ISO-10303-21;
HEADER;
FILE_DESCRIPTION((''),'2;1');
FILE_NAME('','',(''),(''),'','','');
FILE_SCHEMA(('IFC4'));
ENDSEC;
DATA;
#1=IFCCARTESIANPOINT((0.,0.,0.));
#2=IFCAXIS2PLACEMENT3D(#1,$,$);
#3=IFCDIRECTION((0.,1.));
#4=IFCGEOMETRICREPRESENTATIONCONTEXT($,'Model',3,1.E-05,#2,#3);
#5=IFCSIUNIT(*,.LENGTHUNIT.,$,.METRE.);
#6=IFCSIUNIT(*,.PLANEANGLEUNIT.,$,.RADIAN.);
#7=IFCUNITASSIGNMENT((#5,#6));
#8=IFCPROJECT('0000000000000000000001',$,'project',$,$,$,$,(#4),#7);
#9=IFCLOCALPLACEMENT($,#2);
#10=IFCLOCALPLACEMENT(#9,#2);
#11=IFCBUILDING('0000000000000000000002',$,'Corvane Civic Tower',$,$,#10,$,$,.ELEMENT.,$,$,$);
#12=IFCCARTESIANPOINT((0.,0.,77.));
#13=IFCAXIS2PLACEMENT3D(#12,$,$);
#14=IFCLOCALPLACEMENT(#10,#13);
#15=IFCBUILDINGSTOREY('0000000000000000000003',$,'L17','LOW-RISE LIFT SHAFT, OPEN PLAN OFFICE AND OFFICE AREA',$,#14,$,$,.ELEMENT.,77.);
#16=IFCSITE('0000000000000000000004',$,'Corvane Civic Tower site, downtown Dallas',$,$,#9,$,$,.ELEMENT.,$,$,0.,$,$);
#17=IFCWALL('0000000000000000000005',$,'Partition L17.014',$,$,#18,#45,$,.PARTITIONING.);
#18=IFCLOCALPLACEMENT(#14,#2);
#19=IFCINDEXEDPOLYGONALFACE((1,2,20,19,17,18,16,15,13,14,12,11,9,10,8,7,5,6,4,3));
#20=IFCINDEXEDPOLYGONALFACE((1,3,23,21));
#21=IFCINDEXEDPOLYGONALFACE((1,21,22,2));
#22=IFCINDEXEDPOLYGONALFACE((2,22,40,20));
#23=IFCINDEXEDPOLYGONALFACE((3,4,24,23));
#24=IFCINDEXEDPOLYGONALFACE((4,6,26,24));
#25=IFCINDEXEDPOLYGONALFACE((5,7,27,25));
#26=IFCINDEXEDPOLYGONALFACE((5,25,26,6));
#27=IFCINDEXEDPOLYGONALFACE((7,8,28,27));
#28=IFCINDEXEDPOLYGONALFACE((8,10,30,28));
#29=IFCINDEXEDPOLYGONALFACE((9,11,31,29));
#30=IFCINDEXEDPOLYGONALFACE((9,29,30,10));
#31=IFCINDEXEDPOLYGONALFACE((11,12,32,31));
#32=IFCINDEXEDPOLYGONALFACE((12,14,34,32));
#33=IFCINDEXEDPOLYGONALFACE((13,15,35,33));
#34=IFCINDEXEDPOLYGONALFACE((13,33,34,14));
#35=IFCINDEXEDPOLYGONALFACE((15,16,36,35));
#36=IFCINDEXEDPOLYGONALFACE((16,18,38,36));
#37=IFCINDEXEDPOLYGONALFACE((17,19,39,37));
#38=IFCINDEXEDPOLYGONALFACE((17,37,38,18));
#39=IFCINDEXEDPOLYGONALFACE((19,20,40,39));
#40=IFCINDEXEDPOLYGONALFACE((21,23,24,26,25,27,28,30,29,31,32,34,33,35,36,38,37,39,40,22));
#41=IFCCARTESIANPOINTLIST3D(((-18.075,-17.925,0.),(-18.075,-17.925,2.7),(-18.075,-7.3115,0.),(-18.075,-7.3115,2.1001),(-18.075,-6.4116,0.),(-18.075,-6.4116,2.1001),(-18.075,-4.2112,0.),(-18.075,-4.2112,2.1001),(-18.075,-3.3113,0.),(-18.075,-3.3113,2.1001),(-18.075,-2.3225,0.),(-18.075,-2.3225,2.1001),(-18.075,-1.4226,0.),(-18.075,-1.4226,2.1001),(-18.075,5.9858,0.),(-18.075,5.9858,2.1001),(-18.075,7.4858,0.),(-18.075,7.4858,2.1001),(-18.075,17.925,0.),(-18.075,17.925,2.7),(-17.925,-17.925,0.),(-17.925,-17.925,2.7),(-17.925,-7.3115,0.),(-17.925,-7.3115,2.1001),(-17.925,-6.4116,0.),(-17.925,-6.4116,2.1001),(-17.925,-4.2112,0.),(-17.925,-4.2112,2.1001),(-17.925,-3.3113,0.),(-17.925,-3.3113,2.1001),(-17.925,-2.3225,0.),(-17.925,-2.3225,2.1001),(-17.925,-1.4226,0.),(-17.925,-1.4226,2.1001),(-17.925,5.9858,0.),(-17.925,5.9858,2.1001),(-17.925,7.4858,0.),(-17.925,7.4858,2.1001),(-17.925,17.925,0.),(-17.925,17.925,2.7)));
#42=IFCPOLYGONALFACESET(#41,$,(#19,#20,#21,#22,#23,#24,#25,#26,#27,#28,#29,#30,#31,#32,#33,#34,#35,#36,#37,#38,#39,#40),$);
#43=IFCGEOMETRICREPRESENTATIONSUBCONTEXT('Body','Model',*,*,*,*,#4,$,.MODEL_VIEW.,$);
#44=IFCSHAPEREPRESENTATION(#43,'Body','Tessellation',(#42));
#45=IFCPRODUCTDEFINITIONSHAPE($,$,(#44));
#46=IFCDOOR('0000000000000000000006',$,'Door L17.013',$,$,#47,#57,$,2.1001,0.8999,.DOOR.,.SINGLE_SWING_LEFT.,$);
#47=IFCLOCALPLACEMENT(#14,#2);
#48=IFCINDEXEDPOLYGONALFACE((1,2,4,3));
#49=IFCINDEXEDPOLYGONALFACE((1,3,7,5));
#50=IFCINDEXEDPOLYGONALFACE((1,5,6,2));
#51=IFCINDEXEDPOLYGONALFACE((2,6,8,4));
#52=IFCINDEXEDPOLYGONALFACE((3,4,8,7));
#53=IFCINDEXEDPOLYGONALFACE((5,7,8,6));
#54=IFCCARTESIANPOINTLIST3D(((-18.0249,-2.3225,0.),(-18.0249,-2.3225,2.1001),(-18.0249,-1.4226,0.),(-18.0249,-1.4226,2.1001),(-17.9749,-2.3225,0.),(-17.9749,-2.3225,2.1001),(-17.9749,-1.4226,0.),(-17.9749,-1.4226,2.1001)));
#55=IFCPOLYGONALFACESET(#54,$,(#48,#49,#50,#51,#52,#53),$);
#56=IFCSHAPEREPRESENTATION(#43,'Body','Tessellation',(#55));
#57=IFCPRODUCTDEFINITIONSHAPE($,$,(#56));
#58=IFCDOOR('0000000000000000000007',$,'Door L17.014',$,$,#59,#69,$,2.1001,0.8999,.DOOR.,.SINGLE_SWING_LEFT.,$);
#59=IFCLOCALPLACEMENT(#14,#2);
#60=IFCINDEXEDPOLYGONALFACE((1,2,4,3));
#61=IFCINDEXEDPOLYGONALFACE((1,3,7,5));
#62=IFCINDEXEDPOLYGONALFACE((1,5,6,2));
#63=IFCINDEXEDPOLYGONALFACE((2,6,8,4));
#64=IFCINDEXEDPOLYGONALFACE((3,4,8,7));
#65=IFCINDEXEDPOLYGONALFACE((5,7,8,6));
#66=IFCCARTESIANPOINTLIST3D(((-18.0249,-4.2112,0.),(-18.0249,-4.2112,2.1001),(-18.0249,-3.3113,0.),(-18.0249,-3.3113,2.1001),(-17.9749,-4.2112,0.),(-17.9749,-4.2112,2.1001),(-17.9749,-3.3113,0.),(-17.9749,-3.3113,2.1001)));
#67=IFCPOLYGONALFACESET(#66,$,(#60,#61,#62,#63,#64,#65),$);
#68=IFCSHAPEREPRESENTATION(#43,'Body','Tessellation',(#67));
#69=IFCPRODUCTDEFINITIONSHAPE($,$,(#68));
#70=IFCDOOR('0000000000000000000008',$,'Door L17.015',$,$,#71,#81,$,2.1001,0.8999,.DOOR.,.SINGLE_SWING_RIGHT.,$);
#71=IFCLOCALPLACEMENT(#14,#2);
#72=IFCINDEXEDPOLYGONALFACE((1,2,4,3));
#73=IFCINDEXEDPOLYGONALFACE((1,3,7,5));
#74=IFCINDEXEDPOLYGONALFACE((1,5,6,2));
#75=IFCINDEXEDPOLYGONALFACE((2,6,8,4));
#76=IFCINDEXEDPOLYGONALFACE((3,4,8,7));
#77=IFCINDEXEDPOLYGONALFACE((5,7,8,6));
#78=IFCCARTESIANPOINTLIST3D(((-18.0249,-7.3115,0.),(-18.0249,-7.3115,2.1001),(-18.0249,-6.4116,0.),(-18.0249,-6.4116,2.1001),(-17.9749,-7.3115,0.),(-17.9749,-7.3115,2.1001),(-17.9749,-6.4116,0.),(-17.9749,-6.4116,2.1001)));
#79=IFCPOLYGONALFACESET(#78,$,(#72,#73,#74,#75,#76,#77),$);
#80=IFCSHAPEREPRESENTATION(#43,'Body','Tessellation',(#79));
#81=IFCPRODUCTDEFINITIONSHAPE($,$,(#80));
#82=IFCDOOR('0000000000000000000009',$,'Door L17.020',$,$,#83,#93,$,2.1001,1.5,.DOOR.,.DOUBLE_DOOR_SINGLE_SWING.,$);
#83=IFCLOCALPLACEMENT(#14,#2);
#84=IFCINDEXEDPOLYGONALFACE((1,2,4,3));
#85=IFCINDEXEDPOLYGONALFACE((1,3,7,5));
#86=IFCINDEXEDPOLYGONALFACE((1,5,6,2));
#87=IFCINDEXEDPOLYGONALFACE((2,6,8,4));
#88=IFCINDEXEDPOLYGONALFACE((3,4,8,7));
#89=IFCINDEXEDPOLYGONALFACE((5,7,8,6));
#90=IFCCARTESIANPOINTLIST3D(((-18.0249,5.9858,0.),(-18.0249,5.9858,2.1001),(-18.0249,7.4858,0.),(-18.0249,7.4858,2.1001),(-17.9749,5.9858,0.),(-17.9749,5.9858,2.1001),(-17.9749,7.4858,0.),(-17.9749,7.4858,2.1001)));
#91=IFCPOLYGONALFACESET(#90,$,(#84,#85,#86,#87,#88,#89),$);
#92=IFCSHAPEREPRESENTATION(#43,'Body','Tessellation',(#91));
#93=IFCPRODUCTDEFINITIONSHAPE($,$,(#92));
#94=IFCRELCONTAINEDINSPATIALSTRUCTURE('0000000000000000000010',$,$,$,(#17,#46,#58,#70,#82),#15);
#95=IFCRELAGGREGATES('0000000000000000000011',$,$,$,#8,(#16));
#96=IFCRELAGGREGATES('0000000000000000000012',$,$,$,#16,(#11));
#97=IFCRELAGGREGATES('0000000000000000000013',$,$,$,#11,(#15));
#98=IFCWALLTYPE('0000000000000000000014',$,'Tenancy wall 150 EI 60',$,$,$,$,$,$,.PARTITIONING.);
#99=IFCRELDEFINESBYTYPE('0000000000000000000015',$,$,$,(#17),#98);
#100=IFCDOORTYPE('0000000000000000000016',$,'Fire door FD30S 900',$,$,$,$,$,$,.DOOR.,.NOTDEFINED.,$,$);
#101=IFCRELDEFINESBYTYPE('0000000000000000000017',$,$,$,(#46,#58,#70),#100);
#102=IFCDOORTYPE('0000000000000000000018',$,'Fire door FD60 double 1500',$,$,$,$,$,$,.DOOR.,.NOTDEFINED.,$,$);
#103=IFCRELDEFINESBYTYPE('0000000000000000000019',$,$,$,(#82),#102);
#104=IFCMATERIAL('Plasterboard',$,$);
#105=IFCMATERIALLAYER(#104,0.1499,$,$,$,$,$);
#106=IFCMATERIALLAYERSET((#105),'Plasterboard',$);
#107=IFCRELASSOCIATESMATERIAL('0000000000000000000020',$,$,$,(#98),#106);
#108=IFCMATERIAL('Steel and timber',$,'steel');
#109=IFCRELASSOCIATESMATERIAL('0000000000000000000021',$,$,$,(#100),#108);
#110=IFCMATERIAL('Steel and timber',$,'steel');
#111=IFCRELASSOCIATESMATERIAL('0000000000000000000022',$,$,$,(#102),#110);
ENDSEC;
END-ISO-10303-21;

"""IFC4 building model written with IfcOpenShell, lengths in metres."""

from ifc_helpers import new_model, si_unit, direction, frame, frame_2d, origin, place, context, subcontext, project, spatial, rectangle, extrude, material, layer, layer_set, type_object, element, fill, save


model = new_model("IFC4")

# Units and contexts
model_context = context("Model", 3, precision=1e-05, world=origin(), true_north=direction((0.0, 1.0)))
body_context = subcontext(model_context, "Body", "Model", "MODEL_VIEW")
ifc_project = project(units=[si_unit("LENGTHUNIT", "METRE"), si_unit("PLANEANGLEUNIT", "RADIAN")], contexts=[model_context])

# Site, building, storey
site_placement = place(None, origin())
site = spatial("IfcSite", under=ifc_project, at=site_placement, Name="Corvane Civic Tower site, downtown Dallas", CompositionType="ELEMENT", RefElevation=0.0)
building_placement = place(site_placement, origin())
building = spatial("IfcBuilding", under=site, at=building_placement, Name="Corvane Civic Tower", CompositionType="ELEMENT")
storey_placement = place(building_placement, frame((0.0, 0.0, 77.0)))
storey = spatial("IfcBuildingStorey", under=building, at=storey_placement, Name="L17", Description="LOW-RISE LIFT SHAFT, OPEN PLAN OFFICE AND OFFICE AREA", CompositionType="ELEMENT", Elevation=77.0)

# Wall, openings, doors
ifc_material_1 = material(Name="Plasterboard")
ifc_layer_1 = layer(ifc_material_1, 0.1499)
ifc_layer_set_1 = layer_set([ifc_layer_1], Name="Plasterboard")
wall_type_1 = type_object("IfcWallType", Name="Tenancy wall 150 EI 60", PredefinedType="PARTITIONING", material=ifc_layer_set_1)
ifc_material_2 = material(Name="Steel and timber", Category="steel")
door_type_1 = type_object("IfcDoorType", Name="Fire door FD30S 900", OperationType="NOTDEFINED", PredefinedType="DOOR", material=ifc_material_2)
ifc_material_3 = material(Name="Steel and timber", Category="steel")
door_type_2 = type_object("IfcDoorType", Name="Fire door FD60 double 1500", OperationType="NOTDEFINED", PredefinedType="DOOR", material=ifc_material_3)
wall_1_placement = place(storey_placement, frame((-18.0, -17.925, 0.0), z_axis=(0.0, 0.0, 1.0), x_axis=(0.0, 1.0, 0.0)))
wall_1 = element("IfcWall", 1, at=wall_1_placement, inside=storey, type_object=wall_type_1, Name="Partition L17.014", PredefinedType="PARTITIONING", context=body_context, shape_type="SweptSolid", body=[
    extrude(rectangle(XDim=35.8501, YDim=0.1499, at=frame_2d((17.925, 0.0))), origin(), (0.0, 0.0, 1.0), 2.7),
])
opening_1_placement = place(wall_1_placement, frame((15.6025, 0.0, 0.0)))
opening_1 = element("IfcOpeningElement", 2, at=opening_1_placement, cuts=wall_1, PredefinedType="OPENING", context=body_context, shape_type="SweptSolid", body=[
    extrude(rectangle(XDim=0.8999, YDim=2.1001, at=frame_2d((0.45, 1.05))), frame((0.0, 0.085, 0.0), z_axis=(0.0, -1.0, 0.0), x_axis=(1.0, 0.0, 0.0)), (0.0, 0.0, 1.0), 0.1699),
])
opening_2_placement = place(wall_1_placement, frame((13.7139, 0.0, 0.0)))
opening_2 = element("IfcOpeningElement", 3, at=opening_2_placement, cuts=wall_1, PredefinedType="OPENING", context=body_context, shape_type="SweptSolid", body=[
    extrude(rectangle(XDim=0.8999, YDim=2.1001, at=frame_2d((0.45, 1.05))), frame((0.0, 0.085, 0.0), z_axis=(0.0, -1.0, 0.0), x_axis=(1.0, 0.0, 0.0)), (0.0, 0.0, 1.0), 0.1699),
])
opening_3_placement = place(wall_1_placement, frame((10.6135, 0.0, 0.0)))
opening_3 = element("IfcOpeningElement", 4, at=opening_3_placement, cuts=wall_1, PredefinedType="OPENING", context=body_context, shape_type="SweptSolid", body=[
    extrude(rectangle(XDim=0.8999, YDim=2.1001, at=frame_2d((0.45, 1.05))), frame((0.0, 0.085, 0.0), z_axis=(0.0, -1.0, 0.0), x_axis=(1.0, 0.0, 0.0)), (0.0, 0.0, 1.0), 0.1699),
])
opening_4_placement = place(wall_1_placement, frame((23.9109, 0.0, 0.0)))
opening_4 = element("IfcOpeningElement", 5, at=opening_4_placement, cuts=wall_1, PredefinedType="OPENING", context=body_context, shape_type="SweptSolid", body=[
    extrude(rectangle(XDim=1.5, YDim=2.1001, at=frame_2d((0.75, 1.05))), frame((0.0, 0.085, 0.0), z_axis=(0.0, -1.0, 0.0), x_axis=(1.0, 0.0, 0.0)), (0.0, 0.0, 1.0), 0.1699),
])
door_1_placement = place(opening_1_placement, origin())
door_1 = element("IfcDoor", 6, at=door_1_placement, inside=storey, type_object=door_type_1, Name="Door L17.013", OperationType="SINGLE_SWING_LEFT", OverallHeight=2.1001, OverallWidth=0.8999, PredefinedType="DOOR", context=body_context, shape_type="SweptSolid", body=[
    extrude(rectangle(XDim=0.8999, YDim=2.1001, at=frame_2d((0.45, 1.05))), frame((0.0, 0.0249, 0.0), z_axis=(0.0, -1.0, 0.0), x_axis=(1.0, 0.0, 0.0)), (0.0, 0.0, 1.0), 0.05),
])
fill(opening_1, door_1)
door_2_placement = place(opening_2_placement, origin())
door_2 = element("IfcDoor", 7, at=door_2_placement, inside=storey, type_object=door_type_1, Name="Door L17.014", OperationType="SINGLE_SWING_LEFT", OverallHeight=2.1001, OverallWidth=0.8999, PredefinedType="DOOR", context=body_context, shape_type="SweptSolid", body=[
    extrude(rectangle(XDim=0.8999, YDim=2.1001, at=frame_2d((0.45, 1.05))), frame((0.0, 0.0249, 0.0), z_axis=(0.0, -1.0, 0.0), x_axis=(1.0, 0.0, 0.0)), (0.0, 0.0, 1.0), 0.05),
])
fill(opening_2, door_2)
door_3_placement = place(opening_3_placement, origin())
door_3 = element("IfcDoor", 8, at=door_3_placement, inside=storey, type_object=door_type_1, Name="Door L17.015", OperationType="SINGLE_SWING_RIGHT", OverallHeight=2.1001, OverallWidth=0.8999, PredefinedType="DOOR", context=body_context, shape_type="SweptSolid", body=[
    extrude(rectangle(XDim=0.8999, YDim=2.1001, at=frame_2d((0.45, 1.05))), frame((0.0, 0.0249, 0.0), z_axis=(0.0, -1.0, 0.0), x_axis=(1.0, 0.0, 0.0)), (0.0, 0.0, 1.0), 0.05),
])
fill(opening_3, door_3)
door_4_placement = place(opening_4_placement, origin())
door_4 = element("IfcDoor", 9, at=door_4_placement, inside=storey, type_object=door_type_2, Name="Door L17.020", OperationType="DOUBLE_DOOR_SINGLE_SWING", OverallHeight=2.1001, OverallWidth=1.5, PredefinedType="DOOR", context=body_context, shape_type="SweptSolid", body=[
    extrude(rectangle(XDim=1.5, YDim=2.1001, at=frame_2d((0.75, 1.05))), frame((0.0, 0.0249, 0.0), z_axis=(0.0, -1.0, 0.0), x_axis=(1.0, 0.0, 0.0)), (0.0, 0.0, 1.0), 0.05),
])
fill(opening_4, door_4)

save(model, "model.ifc")
